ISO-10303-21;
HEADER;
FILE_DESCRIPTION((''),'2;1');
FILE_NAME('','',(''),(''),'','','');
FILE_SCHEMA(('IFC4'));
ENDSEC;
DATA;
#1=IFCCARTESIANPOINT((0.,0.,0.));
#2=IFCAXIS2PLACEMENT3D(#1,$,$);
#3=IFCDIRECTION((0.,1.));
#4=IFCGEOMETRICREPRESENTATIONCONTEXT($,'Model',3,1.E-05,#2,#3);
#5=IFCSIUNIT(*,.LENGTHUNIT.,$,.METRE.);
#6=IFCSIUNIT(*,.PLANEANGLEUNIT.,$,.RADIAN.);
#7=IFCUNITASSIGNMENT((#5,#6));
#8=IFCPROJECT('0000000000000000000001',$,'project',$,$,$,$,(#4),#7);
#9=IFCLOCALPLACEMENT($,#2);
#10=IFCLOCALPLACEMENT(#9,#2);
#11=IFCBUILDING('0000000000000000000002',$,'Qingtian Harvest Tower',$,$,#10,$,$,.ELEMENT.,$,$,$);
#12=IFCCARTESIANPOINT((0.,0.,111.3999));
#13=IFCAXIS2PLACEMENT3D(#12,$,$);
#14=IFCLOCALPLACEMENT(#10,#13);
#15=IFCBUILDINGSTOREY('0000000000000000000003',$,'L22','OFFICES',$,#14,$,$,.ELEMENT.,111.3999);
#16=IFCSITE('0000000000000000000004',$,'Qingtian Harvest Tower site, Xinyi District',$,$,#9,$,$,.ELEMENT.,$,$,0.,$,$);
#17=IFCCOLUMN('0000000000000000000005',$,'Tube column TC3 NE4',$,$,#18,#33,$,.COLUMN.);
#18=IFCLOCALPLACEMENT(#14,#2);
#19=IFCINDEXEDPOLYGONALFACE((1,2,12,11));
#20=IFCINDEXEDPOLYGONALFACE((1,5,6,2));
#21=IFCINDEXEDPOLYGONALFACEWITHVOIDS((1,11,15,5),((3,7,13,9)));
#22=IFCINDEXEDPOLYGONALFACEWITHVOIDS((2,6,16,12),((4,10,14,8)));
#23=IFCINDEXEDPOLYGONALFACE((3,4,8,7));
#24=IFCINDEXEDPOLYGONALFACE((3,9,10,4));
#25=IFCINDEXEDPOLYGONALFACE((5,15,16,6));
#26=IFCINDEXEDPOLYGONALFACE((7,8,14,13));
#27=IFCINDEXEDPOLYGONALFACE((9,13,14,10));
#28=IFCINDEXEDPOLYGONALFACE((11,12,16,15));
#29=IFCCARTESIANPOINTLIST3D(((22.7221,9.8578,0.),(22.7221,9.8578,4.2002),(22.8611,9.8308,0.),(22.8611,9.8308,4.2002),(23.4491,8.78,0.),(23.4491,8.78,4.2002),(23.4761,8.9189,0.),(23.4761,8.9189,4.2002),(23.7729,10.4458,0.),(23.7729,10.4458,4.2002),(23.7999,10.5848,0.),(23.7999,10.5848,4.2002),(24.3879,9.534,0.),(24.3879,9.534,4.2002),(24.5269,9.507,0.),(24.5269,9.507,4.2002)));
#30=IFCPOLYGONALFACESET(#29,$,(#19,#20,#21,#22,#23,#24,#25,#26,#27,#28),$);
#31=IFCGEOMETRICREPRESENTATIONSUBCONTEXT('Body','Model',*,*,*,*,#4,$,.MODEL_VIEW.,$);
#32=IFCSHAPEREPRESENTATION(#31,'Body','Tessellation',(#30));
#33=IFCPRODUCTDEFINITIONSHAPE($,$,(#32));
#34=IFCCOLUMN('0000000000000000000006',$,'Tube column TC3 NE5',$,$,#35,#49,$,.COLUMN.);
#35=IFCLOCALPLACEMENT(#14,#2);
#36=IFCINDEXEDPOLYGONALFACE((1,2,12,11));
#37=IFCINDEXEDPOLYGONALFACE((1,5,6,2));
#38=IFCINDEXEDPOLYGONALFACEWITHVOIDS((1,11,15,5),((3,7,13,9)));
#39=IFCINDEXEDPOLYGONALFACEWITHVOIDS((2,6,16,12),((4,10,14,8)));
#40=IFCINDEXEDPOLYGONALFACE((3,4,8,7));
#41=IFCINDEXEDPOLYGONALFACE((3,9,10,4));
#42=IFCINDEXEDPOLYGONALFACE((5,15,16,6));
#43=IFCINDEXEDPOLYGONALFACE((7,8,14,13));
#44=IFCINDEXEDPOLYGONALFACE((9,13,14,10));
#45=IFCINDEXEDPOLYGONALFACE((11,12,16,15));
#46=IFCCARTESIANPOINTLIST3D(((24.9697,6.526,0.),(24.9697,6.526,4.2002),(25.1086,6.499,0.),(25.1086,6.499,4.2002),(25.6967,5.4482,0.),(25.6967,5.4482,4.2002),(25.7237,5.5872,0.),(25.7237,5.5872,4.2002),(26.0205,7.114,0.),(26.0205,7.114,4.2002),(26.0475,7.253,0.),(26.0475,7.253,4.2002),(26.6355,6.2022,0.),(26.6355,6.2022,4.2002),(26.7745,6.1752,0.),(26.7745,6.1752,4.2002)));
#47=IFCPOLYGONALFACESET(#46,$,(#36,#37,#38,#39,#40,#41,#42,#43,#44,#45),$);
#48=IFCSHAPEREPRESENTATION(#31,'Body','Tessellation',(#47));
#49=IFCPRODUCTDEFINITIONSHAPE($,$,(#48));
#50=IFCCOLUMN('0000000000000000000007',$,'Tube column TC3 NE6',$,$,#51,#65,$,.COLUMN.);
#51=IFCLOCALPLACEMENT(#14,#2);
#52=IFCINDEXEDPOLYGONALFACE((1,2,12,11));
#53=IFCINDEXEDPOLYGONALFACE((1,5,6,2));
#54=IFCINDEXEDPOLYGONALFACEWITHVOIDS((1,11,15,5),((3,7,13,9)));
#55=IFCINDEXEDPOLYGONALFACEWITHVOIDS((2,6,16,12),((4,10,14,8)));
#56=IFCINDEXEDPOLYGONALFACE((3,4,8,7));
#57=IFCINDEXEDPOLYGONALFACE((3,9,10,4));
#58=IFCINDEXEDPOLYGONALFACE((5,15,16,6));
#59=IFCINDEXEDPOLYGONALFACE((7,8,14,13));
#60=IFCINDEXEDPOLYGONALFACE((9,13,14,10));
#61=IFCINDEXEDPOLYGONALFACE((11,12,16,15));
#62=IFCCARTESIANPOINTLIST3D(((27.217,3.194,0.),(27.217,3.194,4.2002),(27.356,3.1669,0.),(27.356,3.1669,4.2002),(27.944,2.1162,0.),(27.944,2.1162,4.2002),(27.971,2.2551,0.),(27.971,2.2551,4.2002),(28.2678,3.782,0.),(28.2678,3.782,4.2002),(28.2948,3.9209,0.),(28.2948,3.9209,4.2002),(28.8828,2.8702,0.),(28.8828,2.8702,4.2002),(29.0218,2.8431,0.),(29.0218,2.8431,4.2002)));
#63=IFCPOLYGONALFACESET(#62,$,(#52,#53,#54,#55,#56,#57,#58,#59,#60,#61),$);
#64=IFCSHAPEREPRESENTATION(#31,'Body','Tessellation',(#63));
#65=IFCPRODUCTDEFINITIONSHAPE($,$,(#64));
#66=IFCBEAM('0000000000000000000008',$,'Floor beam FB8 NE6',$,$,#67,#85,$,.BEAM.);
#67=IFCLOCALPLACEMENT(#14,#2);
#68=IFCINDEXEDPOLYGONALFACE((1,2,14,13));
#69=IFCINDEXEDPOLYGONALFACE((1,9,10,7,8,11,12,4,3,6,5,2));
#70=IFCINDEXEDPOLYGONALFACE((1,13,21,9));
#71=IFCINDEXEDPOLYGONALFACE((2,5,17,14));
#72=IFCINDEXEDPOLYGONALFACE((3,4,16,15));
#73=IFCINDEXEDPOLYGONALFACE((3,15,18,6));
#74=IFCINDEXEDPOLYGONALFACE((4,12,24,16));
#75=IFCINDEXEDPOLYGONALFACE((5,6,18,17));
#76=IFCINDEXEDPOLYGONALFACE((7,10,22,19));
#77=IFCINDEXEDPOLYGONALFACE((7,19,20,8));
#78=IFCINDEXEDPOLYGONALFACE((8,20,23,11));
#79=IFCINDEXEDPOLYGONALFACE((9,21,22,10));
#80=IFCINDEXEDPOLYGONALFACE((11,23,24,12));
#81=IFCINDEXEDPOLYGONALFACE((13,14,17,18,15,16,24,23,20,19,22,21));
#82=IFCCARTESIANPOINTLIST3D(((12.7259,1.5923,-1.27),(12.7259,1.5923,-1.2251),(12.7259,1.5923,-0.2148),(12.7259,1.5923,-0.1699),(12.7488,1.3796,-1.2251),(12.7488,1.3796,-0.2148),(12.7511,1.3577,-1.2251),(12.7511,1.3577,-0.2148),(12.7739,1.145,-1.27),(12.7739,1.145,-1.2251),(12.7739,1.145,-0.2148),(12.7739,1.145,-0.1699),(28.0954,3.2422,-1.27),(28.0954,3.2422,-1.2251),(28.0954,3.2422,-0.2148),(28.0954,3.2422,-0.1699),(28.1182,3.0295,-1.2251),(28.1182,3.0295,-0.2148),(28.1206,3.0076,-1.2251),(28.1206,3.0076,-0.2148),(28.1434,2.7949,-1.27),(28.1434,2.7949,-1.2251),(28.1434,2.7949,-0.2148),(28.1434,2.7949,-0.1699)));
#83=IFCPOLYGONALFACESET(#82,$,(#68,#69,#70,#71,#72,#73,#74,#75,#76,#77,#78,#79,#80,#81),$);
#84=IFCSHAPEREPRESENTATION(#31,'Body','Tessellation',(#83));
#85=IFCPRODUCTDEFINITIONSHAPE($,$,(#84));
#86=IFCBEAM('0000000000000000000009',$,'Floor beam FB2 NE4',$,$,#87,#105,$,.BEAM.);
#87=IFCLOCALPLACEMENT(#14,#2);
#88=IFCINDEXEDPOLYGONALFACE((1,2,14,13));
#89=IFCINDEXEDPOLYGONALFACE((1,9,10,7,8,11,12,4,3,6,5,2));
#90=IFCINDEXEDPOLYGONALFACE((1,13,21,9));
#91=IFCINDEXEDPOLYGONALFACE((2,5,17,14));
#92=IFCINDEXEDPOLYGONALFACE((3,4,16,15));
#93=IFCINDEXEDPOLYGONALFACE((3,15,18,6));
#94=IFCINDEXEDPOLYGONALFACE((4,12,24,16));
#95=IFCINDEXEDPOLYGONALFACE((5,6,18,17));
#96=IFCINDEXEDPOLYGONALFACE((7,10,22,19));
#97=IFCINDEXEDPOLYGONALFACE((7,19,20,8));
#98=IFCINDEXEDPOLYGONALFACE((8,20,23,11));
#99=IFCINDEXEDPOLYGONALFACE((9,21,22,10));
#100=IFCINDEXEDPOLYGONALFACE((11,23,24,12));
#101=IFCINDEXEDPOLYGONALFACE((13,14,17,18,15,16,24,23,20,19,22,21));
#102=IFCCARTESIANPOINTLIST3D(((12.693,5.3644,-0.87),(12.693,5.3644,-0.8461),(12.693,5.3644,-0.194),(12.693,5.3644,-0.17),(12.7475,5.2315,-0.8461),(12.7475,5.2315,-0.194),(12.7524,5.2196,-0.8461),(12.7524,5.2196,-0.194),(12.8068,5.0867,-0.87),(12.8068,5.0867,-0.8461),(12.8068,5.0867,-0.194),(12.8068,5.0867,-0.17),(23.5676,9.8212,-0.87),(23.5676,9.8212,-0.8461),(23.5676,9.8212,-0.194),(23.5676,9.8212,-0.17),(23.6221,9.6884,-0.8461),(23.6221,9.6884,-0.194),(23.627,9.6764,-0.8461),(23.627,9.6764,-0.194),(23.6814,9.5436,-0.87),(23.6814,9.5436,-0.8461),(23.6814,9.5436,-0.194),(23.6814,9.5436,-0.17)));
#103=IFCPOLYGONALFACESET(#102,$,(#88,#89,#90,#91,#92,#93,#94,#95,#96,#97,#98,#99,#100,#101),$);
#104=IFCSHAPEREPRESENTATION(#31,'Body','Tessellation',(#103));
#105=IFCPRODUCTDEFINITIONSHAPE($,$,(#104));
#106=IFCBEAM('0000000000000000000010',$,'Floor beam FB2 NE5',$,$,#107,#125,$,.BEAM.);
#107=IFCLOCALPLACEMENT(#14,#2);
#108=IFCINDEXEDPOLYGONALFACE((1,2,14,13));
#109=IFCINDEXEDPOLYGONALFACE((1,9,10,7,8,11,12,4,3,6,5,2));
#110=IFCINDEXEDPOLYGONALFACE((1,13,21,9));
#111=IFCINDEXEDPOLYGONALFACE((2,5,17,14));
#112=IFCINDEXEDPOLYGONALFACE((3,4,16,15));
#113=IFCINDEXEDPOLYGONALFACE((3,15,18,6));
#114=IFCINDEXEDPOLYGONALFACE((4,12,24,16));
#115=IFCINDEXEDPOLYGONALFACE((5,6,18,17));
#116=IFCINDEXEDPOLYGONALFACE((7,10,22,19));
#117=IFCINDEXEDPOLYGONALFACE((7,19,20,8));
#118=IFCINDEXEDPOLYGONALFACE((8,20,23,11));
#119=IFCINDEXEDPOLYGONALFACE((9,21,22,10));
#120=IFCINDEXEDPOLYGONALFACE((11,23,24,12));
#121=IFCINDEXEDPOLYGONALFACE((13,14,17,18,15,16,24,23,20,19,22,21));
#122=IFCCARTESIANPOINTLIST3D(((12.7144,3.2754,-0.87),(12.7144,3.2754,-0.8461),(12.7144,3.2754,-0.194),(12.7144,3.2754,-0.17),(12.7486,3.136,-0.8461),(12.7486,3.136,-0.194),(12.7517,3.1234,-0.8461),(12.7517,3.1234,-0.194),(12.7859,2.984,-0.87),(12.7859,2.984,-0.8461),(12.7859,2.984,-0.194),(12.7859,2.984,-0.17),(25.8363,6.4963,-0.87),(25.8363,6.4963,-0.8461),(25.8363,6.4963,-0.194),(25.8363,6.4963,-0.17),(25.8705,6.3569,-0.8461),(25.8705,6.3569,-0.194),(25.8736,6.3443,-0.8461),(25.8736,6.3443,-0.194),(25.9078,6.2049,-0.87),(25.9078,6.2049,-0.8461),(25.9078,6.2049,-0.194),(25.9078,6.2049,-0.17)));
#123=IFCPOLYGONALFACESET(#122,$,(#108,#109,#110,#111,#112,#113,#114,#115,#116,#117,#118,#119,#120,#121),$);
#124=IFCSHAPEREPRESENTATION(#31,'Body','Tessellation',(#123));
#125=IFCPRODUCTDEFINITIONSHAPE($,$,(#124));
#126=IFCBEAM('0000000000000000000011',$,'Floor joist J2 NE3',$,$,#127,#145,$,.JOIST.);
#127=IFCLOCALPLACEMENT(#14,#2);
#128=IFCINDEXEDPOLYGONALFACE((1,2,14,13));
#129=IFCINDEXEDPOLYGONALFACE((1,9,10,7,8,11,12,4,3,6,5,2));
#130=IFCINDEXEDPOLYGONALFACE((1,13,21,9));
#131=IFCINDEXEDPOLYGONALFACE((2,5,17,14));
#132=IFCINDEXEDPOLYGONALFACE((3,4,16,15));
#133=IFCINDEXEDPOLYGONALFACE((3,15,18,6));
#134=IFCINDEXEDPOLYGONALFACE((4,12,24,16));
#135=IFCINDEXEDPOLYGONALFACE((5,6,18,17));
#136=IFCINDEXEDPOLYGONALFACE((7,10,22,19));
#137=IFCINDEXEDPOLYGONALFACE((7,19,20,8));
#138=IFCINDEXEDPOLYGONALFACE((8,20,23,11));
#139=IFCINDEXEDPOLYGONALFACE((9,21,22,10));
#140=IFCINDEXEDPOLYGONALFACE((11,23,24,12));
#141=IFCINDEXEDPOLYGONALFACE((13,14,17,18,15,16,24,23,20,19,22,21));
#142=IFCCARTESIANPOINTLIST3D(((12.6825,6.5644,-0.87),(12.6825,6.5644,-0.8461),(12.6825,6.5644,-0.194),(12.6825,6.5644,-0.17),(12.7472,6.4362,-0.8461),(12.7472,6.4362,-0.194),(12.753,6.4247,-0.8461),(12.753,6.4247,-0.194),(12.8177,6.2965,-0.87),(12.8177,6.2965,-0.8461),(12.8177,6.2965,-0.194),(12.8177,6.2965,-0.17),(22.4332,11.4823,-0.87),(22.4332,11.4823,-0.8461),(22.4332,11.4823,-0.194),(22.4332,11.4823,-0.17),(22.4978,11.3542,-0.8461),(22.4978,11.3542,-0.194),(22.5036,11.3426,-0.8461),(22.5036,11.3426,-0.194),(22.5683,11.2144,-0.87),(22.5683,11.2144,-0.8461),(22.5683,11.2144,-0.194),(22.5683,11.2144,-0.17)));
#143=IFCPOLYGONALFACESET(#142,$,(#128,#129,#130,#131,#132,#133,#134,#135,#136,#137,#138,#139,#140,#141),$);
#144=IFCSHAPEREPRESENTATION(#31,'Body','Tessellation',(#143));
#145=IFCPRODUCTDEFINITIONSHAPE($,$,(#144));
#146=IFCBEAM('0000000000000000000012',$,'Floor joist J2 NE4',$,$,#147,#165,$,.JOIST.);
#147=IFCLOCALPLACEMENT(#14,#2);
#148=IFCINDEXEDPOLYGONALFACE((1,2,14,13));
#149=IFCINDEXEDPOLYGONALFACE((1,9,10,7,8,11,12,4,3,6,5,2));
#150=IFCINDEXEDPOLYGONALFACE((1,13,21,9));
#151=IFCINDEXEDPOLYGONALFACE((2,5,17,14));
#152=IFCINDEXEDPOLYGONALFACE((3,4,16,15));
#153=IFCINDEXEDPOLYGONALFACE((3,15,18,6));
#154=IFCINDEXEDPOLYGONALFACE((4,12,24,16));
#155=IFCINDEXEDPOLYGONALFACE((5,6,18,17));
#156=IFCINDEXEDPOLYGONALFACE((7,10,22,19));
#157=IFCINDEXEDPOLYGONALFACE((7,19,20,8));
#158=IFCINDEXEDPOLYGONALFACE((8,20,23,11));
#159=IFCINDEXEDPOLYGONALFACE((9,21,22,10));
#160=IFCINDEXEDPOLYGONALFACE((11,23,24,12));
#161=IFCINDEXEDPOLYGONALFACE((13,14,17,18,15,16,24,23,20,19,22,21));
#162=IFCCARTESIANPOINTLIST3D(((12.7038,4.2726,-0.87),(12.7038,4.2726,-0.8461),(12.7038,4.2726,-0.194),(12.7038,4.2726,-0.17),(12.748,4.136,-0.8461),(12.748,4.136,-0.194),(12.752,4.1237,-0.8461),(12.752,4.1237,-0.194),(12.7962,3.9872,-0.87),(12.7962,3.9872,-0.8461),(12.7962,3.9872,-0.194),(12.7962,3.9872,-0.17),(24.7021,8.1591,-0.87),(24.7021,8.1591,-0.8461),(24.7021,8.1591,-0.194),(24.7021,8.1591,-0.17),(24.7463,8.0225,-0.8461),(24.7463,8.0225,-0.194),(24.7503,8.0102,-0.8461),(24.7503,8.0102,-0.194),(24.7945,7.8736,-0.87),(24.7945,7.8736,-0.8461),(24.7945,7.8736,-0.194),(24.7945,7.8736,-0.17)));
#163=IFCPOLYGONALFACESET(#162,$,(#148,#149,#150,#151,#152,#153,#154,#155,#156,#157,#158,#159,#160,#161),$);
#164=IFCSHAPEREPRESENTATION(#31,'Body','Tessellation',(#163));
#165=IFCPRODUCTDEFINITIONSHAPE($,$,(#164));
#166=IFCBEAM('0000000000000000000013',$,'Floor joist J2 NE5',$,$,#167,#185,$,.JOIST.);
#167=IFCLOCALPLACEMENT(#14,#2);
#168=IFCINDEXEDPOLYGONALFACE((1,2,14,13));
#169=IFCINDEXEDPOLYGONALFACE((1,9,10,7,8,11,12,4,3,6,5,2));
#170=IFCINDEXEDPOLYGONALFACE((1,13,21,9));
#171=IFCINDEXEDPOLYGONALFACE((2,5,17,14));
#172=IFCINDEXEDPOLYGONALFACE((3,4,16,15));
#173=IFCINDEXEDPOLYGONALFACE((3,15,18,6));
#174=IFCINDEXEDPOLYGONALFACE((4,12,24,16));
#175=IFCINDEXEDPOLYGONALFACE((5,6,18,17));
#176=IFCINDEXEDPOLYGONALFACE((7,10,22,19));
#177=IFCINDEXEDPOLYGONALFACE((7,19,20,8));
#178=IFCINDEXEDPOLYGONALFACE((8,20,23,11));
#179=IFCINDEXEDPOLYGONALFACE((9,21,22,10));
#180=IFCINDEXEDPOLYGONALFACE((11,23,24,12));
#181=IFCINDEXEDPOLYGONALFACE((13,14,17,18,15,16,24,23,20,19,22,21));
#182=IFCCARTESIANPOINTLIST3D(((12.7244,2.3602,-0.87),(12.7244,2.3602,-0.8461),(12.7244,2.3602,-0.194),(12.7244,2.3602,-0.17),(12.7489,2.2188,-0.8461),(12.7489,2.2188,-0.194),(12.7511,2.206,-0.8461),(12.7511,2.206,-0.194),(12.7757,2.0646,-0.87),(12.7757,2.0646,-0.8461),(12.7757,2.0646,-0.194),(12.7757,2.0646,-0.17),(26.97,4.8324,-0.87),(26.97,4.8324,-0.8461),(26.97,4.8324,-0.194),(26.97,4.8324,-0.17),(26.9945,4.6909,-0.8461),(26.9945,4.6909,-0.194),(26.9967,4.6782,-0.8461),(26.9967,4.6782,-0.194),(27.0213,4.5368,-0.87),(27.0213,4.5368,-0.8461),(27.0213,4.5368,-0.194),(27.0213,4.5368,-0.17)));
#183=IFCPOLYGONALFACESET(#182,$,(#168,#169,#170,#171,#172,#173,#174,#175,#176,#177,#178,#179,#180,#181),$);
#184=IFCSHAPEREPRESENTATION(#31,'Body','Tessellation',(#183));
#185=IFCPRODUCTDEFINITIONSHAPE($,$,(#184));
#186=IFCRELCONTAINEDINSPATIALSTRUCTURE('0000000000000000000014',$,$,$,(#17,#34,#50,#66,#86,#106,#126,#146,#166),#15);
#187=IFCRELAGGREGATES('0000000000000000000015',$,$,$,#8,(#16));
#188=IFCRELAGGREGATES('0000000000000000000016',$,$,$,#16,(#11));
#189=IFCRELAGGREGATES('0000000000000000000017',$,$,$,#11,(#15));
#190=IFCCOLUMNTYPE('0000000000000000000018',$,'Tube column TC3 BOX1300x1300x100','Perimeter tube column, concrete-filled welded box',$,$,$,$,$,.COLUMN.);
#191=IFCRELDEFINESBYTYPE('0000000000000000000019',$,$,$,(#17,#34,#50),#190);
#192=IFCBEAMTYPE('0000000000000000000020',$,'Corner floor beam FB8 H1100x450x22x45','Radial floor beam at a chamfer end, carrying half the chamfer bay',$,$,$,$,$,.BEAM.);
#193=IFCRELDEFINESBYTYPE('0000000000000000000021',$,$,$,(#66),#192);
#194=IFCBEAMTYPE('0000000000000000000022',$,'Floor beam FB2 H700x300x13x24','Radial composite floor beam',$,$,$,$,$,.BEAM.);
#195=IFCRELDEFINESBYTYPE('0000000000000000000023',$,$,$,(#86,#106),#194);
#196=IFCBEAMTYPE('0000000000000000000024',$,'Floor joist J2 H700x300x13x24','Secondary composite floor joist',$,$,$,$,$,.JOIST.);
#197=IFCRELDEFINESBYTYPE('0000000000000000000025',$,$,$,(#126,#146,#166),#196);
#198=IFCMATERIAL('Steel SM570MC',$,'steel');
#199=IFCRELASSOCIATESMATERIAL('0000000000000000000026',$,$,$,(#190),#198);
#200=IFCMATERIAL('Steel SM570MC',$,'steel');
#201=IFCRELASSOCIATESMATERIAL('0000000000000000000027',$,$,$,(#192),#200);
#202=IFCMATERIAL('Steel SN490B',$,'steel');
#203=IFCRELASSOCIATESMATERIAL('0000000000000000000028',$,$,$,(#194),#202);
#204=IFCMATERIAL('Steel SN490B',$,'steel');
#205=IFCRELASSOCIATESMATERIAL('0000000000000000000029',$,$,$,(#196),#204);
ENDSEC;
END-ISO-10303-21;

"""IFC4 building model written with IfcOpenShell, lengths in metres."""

from ifc_helpers import new_model, si_unit, direction, frame, origin, origin_2d, place, context, subcontext, project, spatial, hollow_rectangle, i_section, extrude, material, material_profile, profile_set, type_object, element, save


model = new_model("IFC4")

# Units and contexts
model_context = context("Model", 3, precision=1e-05, world=origin(), true_north=direction((0.0, 1.0)))
body_context = subcontext(model_context, "Body", "Model", "MODEL_VIEW")
ifc_project = project(units=[si_unit("LENGTHUNIT", "METRE"), si_unit("PLANEANGLEUNIT", "RADIAN")], contexts=[model_context])

# Site, building, storey
site_placement = place(None, origin())
site = spatial("IfcSite", under=ifc_project, at=site_placement, Name="Qingtian Harvest Tower site, Xinyi District", CompositionType="ELEMENT", RefElevation=0.0)
building_placement = place(site_placement, origin())
building = spatial("IfcBuilding", under=site, at=building_placement, Name="Qingtian Harvest Tower", CompositionType="ELEMENT")
storey_placement = place(building_placement, frame((0.0, 0.0, 111.3999)))
storey = spatial("IfcBuildingStorey", under=building, at=storey_placement, Name="L22", Description="OFFICES", CompositionType="ELEMENT", Elevation=111.3999)

# Columns
ifc_material_1 = material(Name="Steel SM570MC", Category="steel")
ifc_material_profile_1 = material_profile(ifc_material_1, hollow_rectangle(XDim=1.3, YDim=1.3, WallThickness=0.1001, at=origin_2d()), Name="BOX1300x1300x100")
ifc_profile_set_1 = profile_set([ifc_material_profile_1], Name="Steel SM570MC")
column_type = type_object("IfcColumnType", Name="Tube column TC3 BOX1300x1300x100", Description="Perimeter tube column, concrete-filled welded box", PredefinedType="COLUMN", material=ifc_profile_set_1)
for number, where, z_axis, x_axis, name in (
    (1, (23.6245, 9.6824, 0.0), (0.0, 0.0, 1.0), (-0.559193, 0.829038, 0.0), "Tube column TC3 NE4"),
    (2, (25.8721, 6.3506, 0.0), (0.0, 0.0, 1.0), (-0.559193, 0.829038, 0.0), "Tube column TC3 NE5"),
    (3, (28.1194, 3.0186, 0.0), (0.0, 0.0, 1.0), (-0.559193, 0.829038, 0.0), "Tube column TC3 NE6"),
):
    element("IfcColumn", number, at=place(storey_placement, frame(where, z_axis=z_axis, x_axis=x_axis)), inside=storey, type_object=column_type, Name=name, PredefinedType="COLUMN", context=body_context, shape_type="SweptSolid", body=[
        extrude(hollow_rectangle(XDim=1.3, YDim=1.3, WallThickness=0.1001, at=origin_2d()), origin(), (0.0, 0.0, 1.0), 4.2002),
    ])

# Beams
ifc_material_2 = material(Name="Steel SM570MC", Category="steel")
ifc_material_profile_2 = material_profile(ifc_material_2, i_section(OverallWidth=0.45, OverallDepth=1.1001, WebThickness=0.022, FlangeThickness=0.0449, at=origin_2d()), Name="H1100x450x22x45")
ifc_profile_set_2 = profile_set([ifc_material_profile_2], Name="Steel SM570MC")
beam_type_1 = type_object("IfcBeamType", Name="Corner floor beam FB8 H1100x450x22x45", Description="Radial floor beam at a chamfer end, carrying half the chamfer bay", PredefinedType="BEAM", material=ifc_profile_set_2)
beam_1_placement = place(storey_placement, frame((28.1194, 3.0186, -0.72), z_axis=(-0.994287, -0.106737, 0.0), x_axis=(0.106737, -0.994287, 0.0)))
element("IfcBeam", 4, at=beam_1_placement, inside=storey, type_object=beam_type_1, Name="Floor beam FB8 NE6", PredefinedType="BEAM", context=body_context, shape_type="SweptSolid", body=[
    extrude(i_section(OverallWidth=0.45, OverallDepth=1.1001, WebThickness=0.022, FlangeThickness=0.0449, at=origin_2d()), origin(), (0.0, 0.0, 1.0), 15.4578),
])
ifc_material_3 = material(Name="Steel SN490B", Category="steel")
ifc_material_profile_3 = material_profile(ifc_material_3, i_section(OverallWidth=0.3, OverallDepth=0.7, WebThickness=0.0129, FlangeThickness=0.0239, at=origin_2d()), Name="H700x300x13x24")
ifc_profile_set_3 = profile_set([ifc_material_profile_3], Name="Steel SN490B")
beam_type_2 = type_object("IfcBeamType", Name="Floor beam FB2 H700x300x13x24", Description="Radial composite floor beam", PredefinedType="BEAM", material=ifc_profile_set_3)
beam_2_placement = place(storey_placement, frame((23.6245, 9.6824, -0.52), z_axis=(-0.925305, -0.379225, 0.0), x_axis=(0.379225, -0.925305, 0.0)))
element("IfcBeam", 5, at=beam_2_placement, inside=storey, type_object=beam_type_2, Name="Floor beam FB2 NE4", PredefinedType="BEAM", context=body_context, shape_type="SweptSolid", body=[
    extrude(i_section(OverallWidth=0.3, OverallDepth=0.7, WebThickness=0.0129, FlangeThickness=0.0239, at=origin_2d()), origin(), (0.0, 0.0, 1.0), 11.7524),
])
beam_3_placement = place(storey_placement, frame((25.8721, 6.3506, -0.52), z_axis=(-0.971171, -0.238384, 0.0), x_axis=(0.238384, -0.971171, 0.0)))
element("IfcBeam", 6, at=beam_3_placement, inside=storey, type_object=beam_type_2, Name="Floor beam FB2 NE5", PredefinedType="BEAM", context=body_context, shape_type="SweptSolid", body=[
    extrude(i_section(OverallWidth=0.3, OverallDepth=0.7, WebThickness=0.0129, FlangeThickness=0.0239, at=origin_2d()), origin(), (0.0, 0.0, 1.0), 13.5115),
])
ifc_material_4 = material(Name="Steel SN490B", Category="steel")
ifc_material_profile_4 = material_profile(ifc_material_4, i_section(OverallWidth=0.3, OverallDepth=0.7, WebThickness=0.0129, FlangeThickness=0.0239, at=origin_2d()), Name="H700x300x13x24")
ifc_profile_set_4 = profile_set([ifc_material_profile_4], Name="Steel SN490B")
beam_type_3 = type_object("IfcBeamType", Name="Floor joist J2 H700x300x13x24", Description="Secondary composite floor joist", PredefinedType="JOIST", material=ifc_profile_set_4)
beam_4_placement = place(storey_placement, frame((22.5007, 11.3484, -0.52), z_axis=(-0.892861, -0.450332, 0.0), x_axis=(0.450332, -0.892861, 0.0)))
element("IfcBeam", 7, at=beam_4_placement, inside=storey, type_object=beam_type_3, Name="Floor joist J2 NE3", PredefinedType="JOIST", context=body_context, shape_type="SweptSolid", body=[
    extrude(i_section(OverallWidth=0.3, OverallDepth=0.7, WebThickness=0.0129, FlangeThickness=0.0239, at=origin_2d()), origin(), (0.0, 0.0, 1.0), 10.9207),
])
beam_5_placement = place(storey_placement, frame((24.7483, 8.0164, -0.52), z_axis=(-0.951336, -0.308156, 0.0), x_axis=(0.308156, -0.951336, 0.0)))
element("IfcBeam", 8, at=beam_5_placement, inside=storey, type_object=beam_type_3, Name="Floor joist J2 NE4", PredefinedType="JOIST", context=body_context, shape_type="SweptSolid", body=[
    extrude(i_section(OverallWidth=0.3, OverallDepth=0.7, WebThickness=0.0129, FlangeThickness=0.0239, at=origin_2d()), origin(), (0.0, 0.0, 1.0), 12.6121),
])
beam_6_placement = place(storey_placement, frame((26.9956, 4.6846, -0.52), z_axis=(-0.985274, -0.170983, 0.0), x_axis=(0.170983, -0.985274, 0.0)))
element("IfcBeam", 9, at=beam_6_placement, inside=storey, type_object=beam_type_3, Name="Floor joist J2 NE5", PredefinedType="JOIST", context=body_context, shape_type="SweptSolid", body=[
    extrude(i_section(OverallWidth=0.3, OverallDepth=0.7, WebThickness=0.0129, FlangeThickness=0.0239, at=origin_2d()), origin(), (0.0, 0.0, 1.0), 14.4585),
])

save(model, "model.ifc")
